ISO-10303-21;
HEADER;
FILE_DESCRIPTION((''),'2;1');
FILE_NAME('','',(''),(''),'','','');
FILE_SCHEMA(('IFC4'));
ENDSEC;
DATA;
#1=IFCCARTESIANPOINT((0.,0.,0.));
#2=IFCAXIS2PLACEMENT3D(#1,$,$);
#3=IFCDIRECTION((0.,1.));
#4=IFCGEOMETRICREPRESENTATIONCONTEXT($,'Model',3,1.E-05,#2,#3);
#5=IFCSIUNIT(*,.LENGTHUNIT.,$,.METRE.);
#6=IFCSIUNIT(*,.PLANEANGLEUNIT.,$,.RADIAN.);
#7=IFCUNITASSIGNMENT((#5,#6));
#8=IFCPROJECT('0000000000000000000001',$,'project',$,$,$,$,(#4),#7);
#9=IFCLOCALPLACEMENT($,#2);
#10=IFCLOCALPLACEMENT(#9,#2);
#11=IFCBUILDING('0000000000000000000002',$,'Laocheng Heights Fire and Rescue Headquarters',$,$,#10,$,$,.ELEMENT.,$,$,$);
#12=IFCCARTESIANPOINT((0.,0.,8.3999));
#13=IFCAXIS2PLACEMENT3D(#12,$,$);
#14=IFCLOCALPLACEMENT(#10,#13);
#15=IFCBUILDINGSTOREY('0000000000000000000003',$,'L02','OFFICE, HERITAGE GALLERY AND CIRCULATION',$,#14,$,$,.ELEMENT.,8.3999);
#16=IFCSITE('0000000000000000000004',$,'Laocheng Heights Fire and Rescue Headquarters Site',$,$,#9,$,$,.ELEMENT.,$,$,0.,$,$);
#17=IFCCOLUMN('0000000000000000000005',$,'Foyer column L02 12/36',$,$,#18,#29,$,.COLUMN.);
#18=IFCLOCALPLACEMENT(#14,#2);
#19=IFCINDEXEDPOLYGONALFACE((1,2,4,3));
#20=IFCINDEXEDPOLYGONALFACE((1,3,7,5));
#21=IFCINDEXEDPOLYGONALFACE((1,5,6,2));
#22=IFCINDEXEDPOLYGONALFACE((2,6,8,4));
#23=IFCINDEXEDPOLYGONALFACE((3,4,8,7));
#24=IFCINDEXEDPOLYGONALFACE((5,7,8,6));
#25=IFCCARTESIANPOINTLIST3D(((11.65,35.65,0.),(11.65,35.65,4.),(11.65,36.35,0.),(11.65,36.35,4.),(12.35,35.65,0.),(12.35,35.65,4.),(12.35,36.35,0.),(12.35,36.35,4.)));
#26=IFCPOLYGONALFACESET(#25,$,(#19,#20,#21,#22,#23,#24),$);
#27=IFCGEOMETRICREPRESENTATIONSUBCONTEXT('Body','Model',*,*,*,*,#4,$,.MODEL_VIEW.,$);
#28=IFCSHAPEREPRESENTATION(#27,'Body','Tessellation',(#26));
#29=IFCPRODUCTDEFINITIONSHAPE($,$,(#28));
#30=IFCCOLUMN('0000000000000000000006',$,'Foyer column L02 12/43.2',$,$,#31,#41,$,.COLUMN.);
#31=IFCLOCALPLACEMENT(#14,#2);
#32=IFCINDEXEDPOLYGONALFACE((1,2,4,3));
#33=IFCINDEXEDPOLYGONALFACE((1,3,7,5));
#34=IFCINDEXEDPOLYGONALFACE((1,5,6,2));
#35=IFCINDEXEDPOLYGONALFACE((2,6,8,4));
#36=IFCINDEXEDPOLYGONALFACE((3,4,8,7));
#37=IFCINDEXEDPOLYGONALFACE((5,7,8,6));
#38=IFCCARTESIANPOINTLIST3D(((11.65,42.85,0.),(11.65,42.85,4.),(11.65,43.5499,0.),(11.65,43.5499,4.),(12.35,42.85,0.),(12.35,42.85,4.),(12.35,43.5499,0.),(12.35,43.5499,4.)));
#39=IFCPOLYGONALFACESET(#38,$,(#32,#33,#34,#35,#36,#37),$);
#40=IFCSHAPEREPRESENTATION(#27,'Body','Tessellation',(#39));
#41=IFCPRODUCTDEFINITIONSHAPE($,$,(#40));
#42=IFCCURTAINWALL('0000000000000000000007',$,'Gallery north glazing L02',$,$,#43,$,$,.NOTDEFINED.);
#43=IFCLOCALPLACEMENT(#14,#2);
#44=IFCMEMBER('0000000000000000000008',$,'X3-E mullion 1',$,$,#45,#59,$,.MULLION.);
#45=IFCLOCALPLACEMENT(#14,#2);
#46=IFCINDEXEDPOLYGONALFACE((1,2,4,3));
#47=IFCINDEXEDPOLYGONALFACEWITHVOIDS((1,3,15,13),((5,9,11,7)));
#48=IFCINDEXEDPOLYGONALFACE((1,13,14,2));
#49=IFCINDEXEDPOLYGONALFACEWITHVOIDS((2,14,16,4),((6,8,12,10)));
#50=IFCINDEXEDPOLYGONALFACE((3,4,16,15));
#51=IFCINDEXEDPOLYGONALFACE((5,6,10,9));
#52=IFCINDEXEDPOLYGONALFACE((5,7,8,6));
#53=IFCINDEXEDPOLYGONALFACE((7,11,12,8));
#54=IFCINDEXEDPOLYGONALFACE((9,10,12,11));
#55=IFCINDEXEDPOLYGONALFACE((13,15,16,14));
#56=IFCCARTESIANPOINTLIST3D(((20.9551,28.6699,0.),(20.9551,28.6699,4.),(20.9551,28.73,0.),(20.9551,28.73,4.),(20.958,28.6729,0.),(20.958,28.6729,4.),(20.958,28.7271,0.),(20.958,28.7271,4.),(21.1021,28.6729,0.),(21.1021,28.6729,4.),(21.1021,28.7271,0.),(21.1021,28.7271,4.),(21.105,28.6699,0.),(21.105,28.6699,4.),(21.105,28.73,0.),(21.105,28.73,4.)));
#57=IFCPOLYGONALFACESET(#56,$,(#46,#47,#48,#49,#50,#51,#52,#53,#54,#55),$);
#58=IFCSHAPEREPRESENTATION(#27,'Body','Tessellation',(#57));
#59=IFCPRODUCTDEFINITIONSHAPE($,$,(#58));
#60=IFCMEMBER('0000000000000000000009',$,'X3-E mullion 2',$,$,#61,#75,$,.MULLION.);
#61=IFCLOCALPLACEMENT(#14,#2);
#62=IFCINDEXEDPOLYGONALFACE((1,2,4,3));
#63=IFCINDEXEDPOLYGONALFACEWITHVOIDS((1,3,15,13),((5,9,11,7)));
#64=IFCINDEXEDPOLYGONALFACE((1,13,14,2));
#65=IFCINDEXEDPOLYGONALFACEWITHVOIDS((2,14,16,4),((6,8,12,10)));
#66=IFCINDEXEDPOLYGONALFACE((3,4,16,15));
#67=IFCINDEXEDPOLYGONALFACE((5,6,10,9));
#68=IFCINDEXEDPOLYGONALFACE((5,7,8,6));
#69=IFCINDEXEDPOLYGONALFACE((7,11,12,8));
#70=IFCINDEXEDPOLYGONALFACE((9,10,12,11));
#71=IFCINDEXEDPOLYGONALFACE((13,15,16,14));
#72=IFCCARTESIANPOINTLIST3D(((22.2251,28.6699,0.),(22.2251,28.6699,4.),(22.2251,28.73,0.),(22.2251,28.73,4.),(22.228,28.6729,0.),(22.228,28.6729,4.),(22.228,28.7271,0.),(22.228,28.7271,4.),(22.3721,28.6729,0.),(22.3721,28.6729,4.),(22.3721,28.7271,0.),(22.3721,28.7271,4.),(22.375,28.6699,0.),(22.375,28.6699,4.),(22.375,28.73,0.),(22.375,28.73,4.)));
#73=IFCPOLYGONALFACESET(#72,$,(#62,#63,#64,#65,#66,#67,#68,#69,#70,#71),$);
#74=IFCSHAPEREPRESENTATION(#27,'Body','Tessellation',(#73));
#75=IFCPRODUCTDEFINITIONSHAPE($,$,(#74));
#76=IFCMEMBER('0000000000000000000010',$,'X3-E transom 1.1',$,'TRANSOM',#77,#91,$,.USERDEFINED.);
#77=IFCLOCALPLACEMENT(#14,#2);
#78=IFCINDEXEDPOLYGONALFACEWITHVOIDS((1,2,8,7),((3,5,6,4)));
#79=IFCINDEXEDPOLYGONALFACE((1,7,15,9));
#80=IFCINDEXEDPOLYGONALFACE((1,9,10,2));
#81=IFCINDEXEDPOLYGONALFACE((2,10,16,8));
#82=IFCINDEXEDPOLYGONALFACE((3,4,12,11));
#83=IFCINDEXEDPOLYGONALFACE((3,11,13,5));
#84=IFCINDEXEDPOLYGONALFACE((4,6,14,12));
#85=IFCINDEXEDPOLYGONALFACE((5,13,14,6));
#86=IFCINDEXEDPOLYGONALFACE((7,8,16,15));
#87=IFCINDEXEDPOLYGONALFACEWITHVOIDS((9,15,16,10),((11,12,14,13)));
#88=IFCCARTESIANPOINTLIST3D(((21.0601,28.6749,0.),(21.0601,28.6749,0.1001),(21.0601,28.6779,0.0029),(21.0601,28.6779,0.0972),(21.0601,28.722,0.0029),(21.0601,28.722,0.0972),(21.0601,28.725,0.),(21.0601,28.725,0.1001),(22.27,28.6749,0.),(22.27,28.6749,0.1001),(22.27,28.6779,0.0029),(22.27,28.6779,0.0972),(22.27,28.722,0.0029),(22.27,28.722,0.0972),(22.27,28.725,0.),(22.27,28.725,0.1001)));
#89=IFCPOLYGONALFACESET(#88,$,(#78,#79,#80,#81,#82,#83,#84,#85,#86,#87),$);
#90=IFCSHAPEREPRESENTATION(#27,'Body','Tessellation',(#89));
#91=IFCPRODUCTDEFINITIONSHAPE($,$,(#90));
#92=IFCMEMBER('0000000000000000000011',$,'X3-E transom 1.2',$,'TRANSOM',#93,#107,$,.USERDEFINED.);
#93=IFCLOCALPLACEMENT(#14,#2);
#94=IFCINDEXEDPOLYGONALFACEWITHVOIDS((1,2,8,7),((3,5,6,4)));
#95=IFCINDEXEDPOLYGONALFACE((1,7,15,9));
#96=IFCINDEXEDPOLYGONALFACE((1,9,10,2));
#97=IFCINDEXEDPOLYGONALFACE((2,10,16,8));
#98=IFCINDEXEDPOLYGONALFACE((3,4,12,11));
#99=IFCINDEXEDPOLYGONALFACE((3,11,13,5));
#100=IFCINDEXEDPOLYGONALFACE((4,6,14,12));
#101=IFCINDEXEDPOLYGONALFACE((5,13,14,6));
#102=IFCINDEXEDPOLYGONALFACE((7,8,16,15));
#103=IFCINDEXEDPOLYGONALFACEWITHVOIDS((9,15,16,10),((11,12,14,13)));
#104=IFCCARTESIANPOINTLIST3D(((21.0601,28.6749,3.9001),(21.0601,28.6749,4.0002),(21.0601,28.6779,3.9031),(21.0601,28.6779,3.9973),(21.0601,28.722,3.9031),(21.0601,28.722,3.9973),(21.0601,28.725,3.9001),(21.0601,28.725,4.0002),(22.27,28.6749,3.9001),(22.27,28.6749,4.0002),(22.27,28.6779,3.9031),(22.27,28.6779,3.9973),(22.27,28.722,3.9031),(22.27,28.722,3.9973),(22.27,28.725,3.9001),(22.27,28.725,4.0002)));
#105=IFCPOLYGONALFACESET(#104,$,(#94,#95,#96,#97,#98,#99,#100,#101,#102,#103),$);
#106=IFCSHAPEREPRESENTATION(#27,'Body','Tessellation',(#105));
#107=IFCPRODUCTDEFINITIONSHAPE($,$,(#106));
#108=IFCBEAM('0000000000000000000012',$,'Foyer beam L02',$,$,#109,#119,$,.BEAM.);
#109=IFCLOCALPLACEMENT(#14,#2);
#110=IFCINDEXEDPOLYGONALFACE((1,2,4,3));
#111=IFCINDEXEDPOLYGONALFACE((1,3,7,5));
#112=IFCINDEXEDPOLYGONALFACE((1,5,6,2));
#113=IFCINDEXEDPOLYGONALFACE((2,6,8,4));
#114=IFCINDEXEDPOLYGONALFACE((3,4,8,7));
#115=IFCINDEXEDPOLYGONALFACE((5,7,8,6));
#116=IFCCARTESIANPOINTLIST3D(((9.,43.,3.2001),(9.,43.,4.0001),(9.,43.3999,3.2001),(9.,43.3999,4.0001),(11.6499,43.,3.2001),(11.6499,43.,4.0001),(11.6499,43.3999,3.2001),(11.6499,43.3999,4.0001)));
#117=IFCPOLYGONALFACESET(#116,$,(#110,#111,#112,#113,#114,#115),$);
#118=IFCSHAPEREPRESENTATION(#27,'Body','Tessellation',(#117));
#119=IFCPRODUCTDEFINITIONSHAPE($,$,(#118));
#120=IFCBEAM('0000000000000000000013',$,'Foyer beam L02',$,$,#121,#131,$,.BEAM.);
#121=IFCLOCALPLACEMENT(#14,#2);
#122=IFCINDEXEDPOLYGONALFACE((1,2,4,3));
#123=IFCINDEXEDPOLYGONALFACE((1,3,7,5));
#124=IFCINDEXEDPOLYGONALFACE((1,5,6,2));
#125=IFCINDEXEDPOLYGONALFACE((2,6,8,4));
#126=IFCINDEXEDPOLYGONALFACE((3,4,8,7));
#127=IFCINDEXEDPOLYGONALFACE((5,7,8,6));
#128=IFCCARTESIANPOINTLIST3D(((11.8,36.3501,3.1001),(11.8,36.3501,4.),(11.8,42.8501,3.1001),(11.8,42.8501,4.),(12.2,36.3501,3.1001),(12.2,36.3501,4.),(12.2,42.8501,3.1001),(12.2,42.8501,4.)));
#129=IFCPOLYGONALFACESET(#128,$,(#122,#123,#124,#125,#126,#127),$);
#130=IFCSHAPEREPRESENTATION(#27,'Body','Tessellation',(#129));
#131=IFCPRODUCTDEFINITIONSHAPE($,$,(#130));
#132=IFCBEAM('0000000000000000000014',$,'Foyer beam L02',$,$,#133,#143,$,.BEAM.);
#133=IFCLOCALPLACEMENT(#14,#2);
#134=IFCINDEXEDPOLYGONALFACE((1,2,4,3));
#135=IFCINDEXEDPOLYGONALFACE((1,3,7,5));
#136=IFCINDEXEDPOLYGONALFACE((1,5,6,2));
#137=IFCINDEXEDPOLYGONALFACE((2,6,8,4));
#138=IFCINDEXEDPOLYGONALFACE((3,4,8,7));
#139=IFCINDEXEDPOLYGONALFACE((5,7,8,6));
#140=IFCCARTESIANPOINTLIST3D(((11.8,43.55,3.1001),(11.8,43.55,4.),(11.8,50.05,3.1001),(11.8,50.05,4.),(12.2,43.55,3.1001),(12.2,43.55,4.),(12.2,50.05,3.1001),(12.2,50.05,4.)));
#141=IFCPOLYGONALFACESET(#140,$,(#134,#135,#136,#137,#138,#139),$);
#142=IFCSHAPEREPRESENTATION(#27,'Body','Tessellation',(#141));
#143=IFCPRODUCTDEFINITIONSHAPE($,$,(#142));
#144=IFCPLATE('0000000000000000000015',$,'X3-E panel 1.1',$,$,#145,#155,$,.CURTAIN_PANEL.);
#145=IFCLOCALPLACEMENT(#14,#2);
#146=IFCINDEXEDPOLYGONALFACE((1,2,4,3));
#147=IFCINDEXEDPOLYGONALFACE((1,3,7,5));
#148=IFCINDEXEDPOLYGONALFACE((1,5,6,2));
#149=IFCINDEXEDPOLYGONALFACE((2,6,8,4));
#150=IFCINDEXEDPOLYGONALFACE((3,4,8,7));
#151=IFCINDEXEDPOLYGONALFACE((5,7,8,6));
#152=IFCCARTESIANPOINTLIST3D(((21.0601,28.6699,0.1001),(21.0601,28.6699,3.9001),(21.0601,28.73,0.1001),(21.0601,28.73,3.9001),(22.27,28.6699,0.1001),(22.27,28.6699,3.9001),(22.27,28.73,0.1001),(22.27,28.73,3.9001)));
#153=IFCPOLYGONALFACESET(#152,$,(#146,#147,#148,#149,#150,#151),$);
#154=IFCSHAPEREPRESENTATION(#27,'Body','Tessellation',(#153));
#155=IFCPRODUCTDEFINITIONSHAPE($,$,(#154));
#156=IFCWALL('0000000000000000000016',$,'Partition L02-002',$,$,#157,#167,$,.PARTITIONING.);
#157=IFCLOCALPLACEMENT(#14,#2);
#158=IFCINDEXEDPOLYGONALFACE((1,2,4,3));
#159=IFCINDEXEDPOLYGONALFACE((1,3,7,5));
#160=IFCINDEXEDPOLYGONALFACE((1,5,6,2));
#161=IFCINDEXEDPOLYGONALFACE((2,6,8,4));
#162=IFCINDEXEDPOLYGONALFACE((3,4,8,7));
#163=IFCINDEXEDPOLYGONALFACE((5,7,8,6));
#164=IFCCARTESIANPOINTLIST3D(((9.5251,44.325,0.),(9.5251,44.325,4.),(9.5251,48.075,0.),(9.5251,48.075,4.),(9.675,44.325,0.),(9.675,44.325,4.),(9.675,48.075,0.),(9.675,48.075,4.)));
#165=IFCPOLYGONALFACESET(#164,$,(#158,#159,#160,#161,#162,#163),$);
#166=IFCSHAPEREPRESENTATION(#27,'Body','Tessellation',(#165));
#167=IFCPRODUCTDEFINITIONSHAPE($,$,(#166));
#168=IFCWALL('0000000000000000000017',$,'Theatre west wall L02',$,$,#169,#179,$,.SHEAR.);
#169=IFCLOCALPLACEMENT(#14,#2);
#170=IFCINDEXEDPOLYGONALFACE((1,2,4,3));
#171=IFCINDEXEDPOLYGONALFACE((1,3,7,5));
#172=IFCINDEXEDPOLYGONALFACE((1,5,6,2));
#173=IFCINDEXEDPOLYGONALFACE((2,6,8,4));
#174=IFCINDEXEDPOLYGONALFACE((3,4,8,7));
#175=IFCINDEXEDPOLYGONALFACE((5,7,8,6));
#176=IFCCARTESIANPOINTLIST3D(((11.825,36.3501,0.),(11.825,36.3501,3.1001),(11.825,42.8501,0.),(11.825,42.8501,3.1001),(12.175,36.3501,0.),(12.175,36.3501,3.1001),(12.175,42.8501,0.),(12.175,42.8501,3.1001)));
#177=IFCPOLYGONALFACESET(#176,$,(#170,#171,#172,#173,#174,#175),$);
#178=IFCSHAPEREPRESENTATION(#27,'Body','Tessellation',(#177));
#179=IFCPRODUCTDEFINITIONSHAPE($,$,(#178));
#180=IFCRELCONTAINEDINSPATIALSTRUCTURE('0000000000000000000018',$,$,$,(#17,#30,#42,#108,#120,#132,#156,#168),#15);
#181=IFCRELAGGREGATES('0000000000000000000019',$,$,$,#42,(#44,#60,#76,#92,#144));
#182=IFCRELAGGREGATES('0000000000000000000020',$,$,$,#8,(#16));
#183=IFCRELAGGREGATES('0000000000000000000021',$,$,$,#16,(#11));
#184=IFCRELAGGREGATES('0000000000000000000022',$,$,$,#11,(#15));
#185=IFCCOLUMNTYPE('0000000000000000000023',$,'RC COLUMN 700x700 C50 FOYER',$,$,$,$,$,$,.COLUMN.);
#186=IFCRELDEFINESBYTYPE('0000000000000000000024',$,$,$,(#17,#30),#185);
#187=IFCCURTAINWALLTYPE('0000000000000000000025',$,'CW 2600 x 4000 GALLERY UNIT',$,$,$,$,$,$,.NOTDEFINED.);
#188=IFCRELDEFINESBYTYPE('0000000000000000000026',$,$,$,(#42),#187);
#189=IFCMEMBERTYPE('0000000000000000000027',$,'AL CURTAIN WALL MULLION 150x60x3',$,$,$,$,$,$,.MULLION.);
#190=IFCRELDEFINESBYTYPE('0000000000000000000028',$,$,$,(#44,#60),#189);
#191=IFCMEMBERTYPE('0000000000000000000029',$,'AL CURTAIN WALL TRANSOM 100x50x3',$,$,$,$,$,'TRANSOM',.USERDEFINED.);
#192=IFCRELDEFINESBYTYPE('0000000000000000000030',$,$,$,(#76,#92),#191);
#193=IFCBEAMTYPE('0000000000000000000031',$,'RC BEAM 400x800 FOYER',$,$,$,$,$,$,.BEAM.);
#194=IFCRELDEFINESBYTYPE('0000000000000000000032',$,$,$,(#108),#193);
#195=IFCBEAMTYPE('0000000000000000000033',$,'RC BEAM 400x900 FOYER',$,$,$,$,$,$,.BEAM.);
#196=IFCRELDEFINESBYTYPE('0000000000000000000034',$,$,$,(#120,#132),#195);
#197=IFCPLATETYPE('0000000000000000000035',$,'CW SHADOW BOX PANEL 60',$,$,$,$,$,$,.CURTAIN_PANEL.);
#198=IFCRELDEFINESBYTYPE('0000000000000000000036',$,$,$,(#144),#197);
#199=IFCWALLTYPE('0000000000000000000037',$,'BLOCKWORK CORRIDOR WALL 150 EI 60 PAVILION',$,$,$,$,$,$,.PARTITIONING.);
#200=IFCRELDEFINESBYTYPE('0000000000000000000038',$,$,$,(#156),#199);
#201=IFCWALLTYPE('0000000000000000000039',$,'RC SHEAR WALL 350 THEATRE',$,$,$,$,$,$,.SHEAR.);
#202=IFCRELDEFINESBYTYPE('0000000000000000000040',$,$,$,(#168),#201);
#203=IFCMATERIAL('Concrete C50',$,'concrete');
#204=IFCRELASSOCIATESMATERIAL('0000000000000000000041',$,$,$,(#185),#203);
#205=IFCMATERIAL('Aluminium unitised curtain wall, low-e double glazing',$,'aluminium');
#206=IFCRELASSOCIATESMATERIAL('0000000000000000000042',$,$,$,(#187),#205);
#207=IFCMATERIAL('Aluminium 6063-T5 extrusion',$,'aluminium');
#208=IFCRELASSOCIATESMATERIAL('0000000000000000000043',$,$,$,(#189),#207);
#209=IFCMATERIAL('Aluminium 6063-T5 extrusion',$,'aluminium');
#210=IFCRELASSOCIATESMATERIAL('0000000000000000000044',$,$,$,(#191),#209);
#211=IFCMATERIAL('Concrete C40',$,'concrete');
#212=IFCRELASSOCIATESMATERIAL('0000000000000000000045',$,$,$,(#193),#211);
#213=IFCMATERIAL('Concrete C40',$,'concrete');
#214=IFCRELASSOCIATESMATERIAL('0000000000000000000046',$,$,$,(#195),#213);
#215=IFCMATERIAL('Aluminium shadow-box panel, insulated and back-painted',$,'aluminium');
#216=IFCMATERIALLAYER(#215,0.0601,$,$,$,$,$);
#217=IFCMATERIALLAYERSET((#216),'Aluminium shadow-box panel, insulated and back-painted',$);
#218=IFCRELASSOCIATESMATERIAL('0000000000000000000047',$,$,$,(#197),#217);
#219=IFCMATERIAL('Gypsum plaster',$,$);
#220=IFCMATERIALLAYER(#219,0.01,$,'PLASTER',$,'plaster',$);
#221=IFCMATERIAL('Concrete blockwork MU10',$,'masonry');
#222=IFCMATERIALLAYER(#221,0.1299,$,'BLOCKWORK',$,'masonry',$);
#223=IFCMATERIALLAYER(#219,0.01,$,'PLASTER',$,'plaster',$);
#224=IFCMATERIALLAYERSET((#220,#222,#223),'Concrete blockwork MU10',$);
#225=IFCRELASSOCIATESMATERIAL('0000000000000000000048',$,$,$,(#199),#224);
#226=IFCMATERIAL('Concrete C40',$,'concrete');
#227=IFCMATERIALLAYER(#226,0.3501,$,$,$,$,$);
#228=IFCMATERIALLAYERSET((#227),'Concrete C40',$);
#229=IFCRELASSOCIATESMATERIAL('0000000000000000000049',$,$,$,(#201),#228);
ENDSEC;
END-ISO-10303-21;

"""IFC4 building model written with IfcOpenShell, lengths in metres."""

from ifc_helpers import new_model, si_unit, direction, frame, frame_2d, origin, origin_2d, place, context, subcontext, project, spatial, rectangle, hollow_rectangle, extrude, material, layer, layer_set, material_profile, profile_set, type_object, element, aggregate, save


model = new_model("IFC4")

# Units and contexts
model_context = context("Model", 3, precision=1e-05, world=origin(), true_north=direction((0.0, 1.0)))
body_context = subcontext(model_context, "Body", "Model", "MODEL_VIEW")
ifc_project = project(units=[si_unit("LENGTHUNIT", "METRE"), si_unit("PLANEANGLEUNIT", "RADIAN")], contexts=[model_context])

# Site, building, storey
site_placement = place(None, origin())
site = spatial("IfcSite", under=ifc_project, at=site_placement, Name="Laocheng Heights Fire and Rescue Headquarters Site", CompositionType="ELEMENT", RefElevation=0.0)
building_placement = place(site_placement, origin())
building = spatial("IfcBuilding", under=site, at=building_placement, Name="Laocheng Heights Fire and Rescue Headquarters", CompositionType="ELEMENT")
storey_placement = place(building_placement, frame((0.0, 0.0, 8.3999)))
storey = spatial("IfcBuildingStorey", under=building, at=storey_placement, Name="L02", Description="OFFICE, HERITAGE GALLERY AND CIRCULATION", CompositionType="ELEMENT", Elevation=8.3999)

# Columns
ifc_material_1 = material(Name="Concrete C50", Category="concrete")
ifc_material_profile_1 = material_profile(ifc_material_1, rectangle(XDim=0.7, YDim=0.7, at=origin_2d()), Name="RC COLUMN 700x700 C50 FOYER")
ifc_profile_set_1 = profile_set([ifc_material_profile_1], Name="Concrete C50")
column_type = type_object("IfcColumnType", Name="RC COLUMN 700x700 C50 FOYER", PredefinedType="COLUMN", material=ifc_profile_set_1)
for number, where, z_axis, x_axis, name in (
    (1, (12.0, 36.0, 0.0), (0.0, 0.0, 1.0), (1.0, 0.0, 0.0), "Foyer column L02 12/36"),
    (2, (12.0, 43.2, 0.0), (0.0, 0.0, 1.0), (1.0, 0.0, 0.0), "Foyer column L02 12/43.2"),
):
    element("IfcColumn", number, at=place(storey_placement, frame(where, z_axis=z_axis, x_axis=x_axis)), inside=storey, type_object=column_type, Name=name, PredefinedType="COLUMN", context=body_context, shape_type="SweptSolid", body=[
        extrude(rectangle(XDim=0.7, YDim=0.7, at=origin_2d()), origin(), (0.0, 0.0, 1.0), 4.0),
    ])

# Curtain wall, members
ifc_material_2 = material(Name="Aluminium unitised curtain wall, low-e double glazing", Category="aluminium")
curtain_wall_type = type_object("IfcCurtainWallType", Name="CW 2600 x 4000 GALLERY UNIT", PredefinedType="NOTDEFINED", material=ifc_material_2)
curtain_wall_placement = place(storey_placement, origin())
curtain_wall = element("IfcCurtainWall", 3, at=curtain_wall_placement, inside=storey, type_object=curtain_wall_type, Name="Gallery north glazing L02", PredefinedType="NOTDEFINED")
ifc_material_3 = material(Name="Aluminium 6063-T5 extrusion", Category="aluminium")
ifc_material_profile_2 = material_profile(ifc_material_3, hollow_rectangle(XDim=0.0601, YDim=0.1499, WallThickness=0.0029, at=origin_2d()), Name="AL MULLION 150x60x3")
ifc_profile_set_2 = profile_set([ifc_material_profile_2], Name="Aluminium 6063-T5 extrusion")
member_type_1 = type_object("IfcMemberType", Name="AL CURTAIN WALL MULLION 150x60x3", PredefinedType="MULLION", material=ifc_profile_set_2)
member_1_placement = place(storey_placement, frame((21.03, 28.7, 0.0), z_axis=(0.0, 0.0, 1.0), x_axis=(0.0, 1.0, 0.0)))
member_1 = element("IfcMember", 4, at=member_1_placement, type_object=member_type_1, Name="X3-E mullion 1", PredefinedType="MULLION", context=body_context, shape_type="SweptSolid", body=[
    extrude(hollow_rectangle(XDim=0.0601, YDim=0.1499, WallThickness=0.0029, at=origin_2d()), origin(), (0.0, 0.0, 1.0), 4.0),
])
member_2_placement = place(storey_placement, frame((22.3, 28.7, 0.0), z_axis=(0.0, 0.0, 1.0), x_axis=(0.0, 1.0, 0.0)))
member_2 = element("IfcMember", 5, at=member_2_placement, type_object=member_type_1, Name="X3-E mullion 2", PredefinedType="MULLION", context=body_context, shape_type="SweptSolid", body=[
    extrude(hollow_rectangle(XDim=0.0601, YDim=0.1499, WallThickness=0.0029, at=origin_2d()), origin(), (0.0, 0.0, 1.0), 4.0),
])
ifc_material_4 = material(Name="Aluminium 6063-T5 extrusion", Category="aluminium")
ifc_material_profile_3 = material_profile(ifc_material_4, hollow_rectangle(XDim=0.05, YDim=0.1001, WallThickness=0.0029, at=origin_2d()), Name="AL TRANSOM 100x50x3")
ifc_profile_set_3 = profile_set([ifc_material_profile_3], Name="Aluminium 6063-T5 extrusion")
member_type_2 = type_object("IfcMemberType", Name="AL CURTAIN WALL TRANSOM 100x50x3", ElementType="TRANSOM", PredefinedType="USERDEFINED", material=ifc_profile_set_3)
member_3_placement = place(storey_placement, frame((21.0601, 28.7, 0.05), z_axis=(1.0, 0.0, 0.0), x_axis=(0.0, 1.0, 0.0)))
member_3 = element("IfcMember", 6, at=member_3_placement, type_object=member_type_2, Name="X3-E transom 1.1", ObjectType="TRANSOM", PredefinedType="USERDEFINED", context=body_context, shape_type="SweptSolid", body=[
    extrude(hollow_rectangle(XDim=0.05, YDim=0.1001, WallThickness=0.0029, at=origin_2d()), origin(), (0.0, 0.0, 1.0), 1.21),
])
member_4_placement = place(storey_placement, frame((21.0601, 28.7, 3.9502), z_axis=(1.0, 0.0, 0.0), x_axis=(0.0, 1.0, 0.0)))
member_4 = element("IfcMember", 7, at=member_4_placement, type_object=member_type_2, Name="X3-E transom 1.2", ObjectType="TRANSOM", PredefinedType="USERDEFINED", context=body_context, shape_type="SweptSolid", body=[
    extrude(hollow_rectangle(XDim=0.05, YDim=0.1001, WallThickness=0.0029, at=origin_2d()), origin(), (0.0, 0.0, 1.0), 1.21),
])

# Beams
ifc_material_5 = material(Name="Concrete C40", Category="concrete")
ifc_material_profile_4 = material_profile(ifc_material_5, rectangle(XDim=0.3999, YDim=0.8, at=origin_2d()), Name="RC BEAM 400x800 FOYER")
ifc_profile_set_4 = profile_set([ifc_material_profile_4], Name="Concrete C40")
beam_type_1 = type_object("IfcBeamType", Name="RC BEAM 400x800 FOYER", PredefinedType="BEAM", material=ifc_profile_set_4)
beam_placement = place(storey_placement, frame((9.0, 43.2, 3.6001), z_axis=(1.0, 0.0, 0.0), x_axis=(0.0, 1.0, 0.0)))
element("IfcBeam", 8, at=beam_placement, inside=storey, type_object=beam_type_1, Name="Foyer beam L02", PredefinedType="BEAM", context=body_context, shape_type="SweptSolid", body=[
    extrude(rectangle(XDim=0.3999, YDim=0.8, at=origin_2d()), origin(), (0.0, 0.0, 1.0), 2.6499),
])
ifc_material_6 = material(Name="Concrete C40", Category="concrete")
ifc_material_profile_5 = material_profile(ifc_material_6, rectangle(XDim=0.3999, YDim=0.8999, at=origin_2d()), Name="RC BEAM 400x900 FOYER")
ifc_profile_set_5 = profile_set([ifc_material_profile_5], Name="Concrete C40")
beam_type_2 = type_object("IfcBeamType", Name="RC BEAM 400x900 FOYER", PredefinedType="BEAM", material=ifc_profile_set_5)
for number, where, z_axis, x_axis, name in (
    (9, (12.0, 36.3501, 3.55), (0.0, 1.0, 0.0), (-1.0, 0.0, 0.0), "Foyer beam L02"),
    (10, (12.0, 43.55, 3.55), (0.0, 1.0, 0.0), (-1.0, 0.0, 0.0), "Foyer beam L02"),
):
    element("IfcBeam", number, at=place(storey_placement, frame(where, z_axis=z_axis, x_axis=x_axis)), inside=storey, type_object=beam_type_2, Name=name, PredefinedType="BEAM", context=body_context, shape_type="SweptSolid", body=[
        extrude(rectangle(XDim=0.3999, YDim=0.8999, at=origin_2d()), origin(), (0.0, 0.0, 1.0), 6.5),
    ])

# Plate
ifc_material_7 = material(Name="Aluminium shadow-box panel, insulated and back-painted", Category="aluminium")
ifc_layer_1 = layer(ifc_material_7, 0.0601)
ifc_layer_set_1 = layer_set([ifc_layer_1], Name="Aluminium shadow-box panel, insulated and back-painted")
plate_type = type_object("IfcPlateType", Name="CW SHADOW BOX PANEL 60", PredefinedType="CURTAIN_PANEL", material=ifc_layer_set_1)
plate_placement = place(storey_placement, frame((21.665, 28.7, 0.1001), z_axis=(0.0, 0.0, 1.0), x_axis=(1.0, 0.0, 0.0)))
plate = element("IfcPlate", 11, at=plate_placement, type_object=plate_type, Name="X3-E panel 1.1", PredefinedType="CURTAIN_PANEL", context=body_context, shape_type="SweptSolid", body=[
    extrude(rectangle(XDim=1.21, YDim=0.0601, at=origin_2d()), origin(), (0.0, 0.0, 1.0), 3.8),
])
aggregate(curtain_wall, [member_1, member_2, member_3, member_4, plate])

# Walls
ifc_material_8 = material(Name="Gypsum plaster")
ifc_layer_2 = layer(ifc_material_8, 0.01, Name="PLASTER", Category="plaster")
ifc_material_9 = material(Name="Concrete blockwork MU10", Category="masonry")
ifc_layer_3 = layer(ifc_material_9, 0.1299, Name="BLOCKWORK", Category="masonry")
ifc_layer_4 = layer(ifc_material_8, 0.01, Name="PLASTER", Category="plaster")
ifc_layer_set_2 = layer_set([ifc_layer_2, ifc_layer_3, ifc_layer_4], Name="Concrete blockwork MU10")
wall_type_1 = type_object("IfcWallType", Name="BLOCKWORK CORRIDOR WALL 150 EI 60 PAVILION", PredefinedType="PARTITIONING", material=ifc_layer_set_2)
wall_1_placement = place(storey_placement, frame((9.6001, 44.325, 0.0), z_axis=(0.0, 0.0, 1.0), x_axis=(0.0, 1.0, 0.0)))
element("IfcWall", 12, at=wall_1_placement, inside=storey, type_object=wall_type_1, Name="Partition L02-002", PredefinedType="PARTITIONING", context=body_context, shape_type="SweptSolid", body=[
    extrude(rectangle(XDim=3.75, YDim=0.1499, at=frame_2d((1.875, 0.0))), origin(), (0.0, 0.0, 1.0), 4.0),
])
ifc_material_10 = material(Name="Concrete C40", Category="concrete")
ifc_layer_5 = layer(ifc_material_10, 0.3501)
ifc_layer_set_3 = layer_set([ifc_layer_5], Name="Concrete C40")
wall_type_2 = type_object("IfcWallType", Name="RC SHEAR WALL 350 THEATRE", PredefinedType="SHEAR", material=ifc_layer_set_3)
for number, where, z_axis, x_axis, name in (
    (13, (12.0, 36.3501, 0.0), (0.0, 0.0, 1.0), (0.0, 1.0, 0.0), "Theatre west wall L02"),
):
    element("IfcWall", number, at=place(storey_placement, frame(where, z_axis=z_axis, x_axis=x_axis)), inside=storey, type_object=wall_type_2, Name=name, PredefinedType="SHEAR", context=body_context, shape_type="SweptSolid", body=[
        extrude(rectangle(XDim=6.5, YDim=0.3501, at=frame_2d((3.25, 0.0))), origin(), (0.0, 0.0, 1.0), 3.1001),
    ])

save(model, "model.ifc")
